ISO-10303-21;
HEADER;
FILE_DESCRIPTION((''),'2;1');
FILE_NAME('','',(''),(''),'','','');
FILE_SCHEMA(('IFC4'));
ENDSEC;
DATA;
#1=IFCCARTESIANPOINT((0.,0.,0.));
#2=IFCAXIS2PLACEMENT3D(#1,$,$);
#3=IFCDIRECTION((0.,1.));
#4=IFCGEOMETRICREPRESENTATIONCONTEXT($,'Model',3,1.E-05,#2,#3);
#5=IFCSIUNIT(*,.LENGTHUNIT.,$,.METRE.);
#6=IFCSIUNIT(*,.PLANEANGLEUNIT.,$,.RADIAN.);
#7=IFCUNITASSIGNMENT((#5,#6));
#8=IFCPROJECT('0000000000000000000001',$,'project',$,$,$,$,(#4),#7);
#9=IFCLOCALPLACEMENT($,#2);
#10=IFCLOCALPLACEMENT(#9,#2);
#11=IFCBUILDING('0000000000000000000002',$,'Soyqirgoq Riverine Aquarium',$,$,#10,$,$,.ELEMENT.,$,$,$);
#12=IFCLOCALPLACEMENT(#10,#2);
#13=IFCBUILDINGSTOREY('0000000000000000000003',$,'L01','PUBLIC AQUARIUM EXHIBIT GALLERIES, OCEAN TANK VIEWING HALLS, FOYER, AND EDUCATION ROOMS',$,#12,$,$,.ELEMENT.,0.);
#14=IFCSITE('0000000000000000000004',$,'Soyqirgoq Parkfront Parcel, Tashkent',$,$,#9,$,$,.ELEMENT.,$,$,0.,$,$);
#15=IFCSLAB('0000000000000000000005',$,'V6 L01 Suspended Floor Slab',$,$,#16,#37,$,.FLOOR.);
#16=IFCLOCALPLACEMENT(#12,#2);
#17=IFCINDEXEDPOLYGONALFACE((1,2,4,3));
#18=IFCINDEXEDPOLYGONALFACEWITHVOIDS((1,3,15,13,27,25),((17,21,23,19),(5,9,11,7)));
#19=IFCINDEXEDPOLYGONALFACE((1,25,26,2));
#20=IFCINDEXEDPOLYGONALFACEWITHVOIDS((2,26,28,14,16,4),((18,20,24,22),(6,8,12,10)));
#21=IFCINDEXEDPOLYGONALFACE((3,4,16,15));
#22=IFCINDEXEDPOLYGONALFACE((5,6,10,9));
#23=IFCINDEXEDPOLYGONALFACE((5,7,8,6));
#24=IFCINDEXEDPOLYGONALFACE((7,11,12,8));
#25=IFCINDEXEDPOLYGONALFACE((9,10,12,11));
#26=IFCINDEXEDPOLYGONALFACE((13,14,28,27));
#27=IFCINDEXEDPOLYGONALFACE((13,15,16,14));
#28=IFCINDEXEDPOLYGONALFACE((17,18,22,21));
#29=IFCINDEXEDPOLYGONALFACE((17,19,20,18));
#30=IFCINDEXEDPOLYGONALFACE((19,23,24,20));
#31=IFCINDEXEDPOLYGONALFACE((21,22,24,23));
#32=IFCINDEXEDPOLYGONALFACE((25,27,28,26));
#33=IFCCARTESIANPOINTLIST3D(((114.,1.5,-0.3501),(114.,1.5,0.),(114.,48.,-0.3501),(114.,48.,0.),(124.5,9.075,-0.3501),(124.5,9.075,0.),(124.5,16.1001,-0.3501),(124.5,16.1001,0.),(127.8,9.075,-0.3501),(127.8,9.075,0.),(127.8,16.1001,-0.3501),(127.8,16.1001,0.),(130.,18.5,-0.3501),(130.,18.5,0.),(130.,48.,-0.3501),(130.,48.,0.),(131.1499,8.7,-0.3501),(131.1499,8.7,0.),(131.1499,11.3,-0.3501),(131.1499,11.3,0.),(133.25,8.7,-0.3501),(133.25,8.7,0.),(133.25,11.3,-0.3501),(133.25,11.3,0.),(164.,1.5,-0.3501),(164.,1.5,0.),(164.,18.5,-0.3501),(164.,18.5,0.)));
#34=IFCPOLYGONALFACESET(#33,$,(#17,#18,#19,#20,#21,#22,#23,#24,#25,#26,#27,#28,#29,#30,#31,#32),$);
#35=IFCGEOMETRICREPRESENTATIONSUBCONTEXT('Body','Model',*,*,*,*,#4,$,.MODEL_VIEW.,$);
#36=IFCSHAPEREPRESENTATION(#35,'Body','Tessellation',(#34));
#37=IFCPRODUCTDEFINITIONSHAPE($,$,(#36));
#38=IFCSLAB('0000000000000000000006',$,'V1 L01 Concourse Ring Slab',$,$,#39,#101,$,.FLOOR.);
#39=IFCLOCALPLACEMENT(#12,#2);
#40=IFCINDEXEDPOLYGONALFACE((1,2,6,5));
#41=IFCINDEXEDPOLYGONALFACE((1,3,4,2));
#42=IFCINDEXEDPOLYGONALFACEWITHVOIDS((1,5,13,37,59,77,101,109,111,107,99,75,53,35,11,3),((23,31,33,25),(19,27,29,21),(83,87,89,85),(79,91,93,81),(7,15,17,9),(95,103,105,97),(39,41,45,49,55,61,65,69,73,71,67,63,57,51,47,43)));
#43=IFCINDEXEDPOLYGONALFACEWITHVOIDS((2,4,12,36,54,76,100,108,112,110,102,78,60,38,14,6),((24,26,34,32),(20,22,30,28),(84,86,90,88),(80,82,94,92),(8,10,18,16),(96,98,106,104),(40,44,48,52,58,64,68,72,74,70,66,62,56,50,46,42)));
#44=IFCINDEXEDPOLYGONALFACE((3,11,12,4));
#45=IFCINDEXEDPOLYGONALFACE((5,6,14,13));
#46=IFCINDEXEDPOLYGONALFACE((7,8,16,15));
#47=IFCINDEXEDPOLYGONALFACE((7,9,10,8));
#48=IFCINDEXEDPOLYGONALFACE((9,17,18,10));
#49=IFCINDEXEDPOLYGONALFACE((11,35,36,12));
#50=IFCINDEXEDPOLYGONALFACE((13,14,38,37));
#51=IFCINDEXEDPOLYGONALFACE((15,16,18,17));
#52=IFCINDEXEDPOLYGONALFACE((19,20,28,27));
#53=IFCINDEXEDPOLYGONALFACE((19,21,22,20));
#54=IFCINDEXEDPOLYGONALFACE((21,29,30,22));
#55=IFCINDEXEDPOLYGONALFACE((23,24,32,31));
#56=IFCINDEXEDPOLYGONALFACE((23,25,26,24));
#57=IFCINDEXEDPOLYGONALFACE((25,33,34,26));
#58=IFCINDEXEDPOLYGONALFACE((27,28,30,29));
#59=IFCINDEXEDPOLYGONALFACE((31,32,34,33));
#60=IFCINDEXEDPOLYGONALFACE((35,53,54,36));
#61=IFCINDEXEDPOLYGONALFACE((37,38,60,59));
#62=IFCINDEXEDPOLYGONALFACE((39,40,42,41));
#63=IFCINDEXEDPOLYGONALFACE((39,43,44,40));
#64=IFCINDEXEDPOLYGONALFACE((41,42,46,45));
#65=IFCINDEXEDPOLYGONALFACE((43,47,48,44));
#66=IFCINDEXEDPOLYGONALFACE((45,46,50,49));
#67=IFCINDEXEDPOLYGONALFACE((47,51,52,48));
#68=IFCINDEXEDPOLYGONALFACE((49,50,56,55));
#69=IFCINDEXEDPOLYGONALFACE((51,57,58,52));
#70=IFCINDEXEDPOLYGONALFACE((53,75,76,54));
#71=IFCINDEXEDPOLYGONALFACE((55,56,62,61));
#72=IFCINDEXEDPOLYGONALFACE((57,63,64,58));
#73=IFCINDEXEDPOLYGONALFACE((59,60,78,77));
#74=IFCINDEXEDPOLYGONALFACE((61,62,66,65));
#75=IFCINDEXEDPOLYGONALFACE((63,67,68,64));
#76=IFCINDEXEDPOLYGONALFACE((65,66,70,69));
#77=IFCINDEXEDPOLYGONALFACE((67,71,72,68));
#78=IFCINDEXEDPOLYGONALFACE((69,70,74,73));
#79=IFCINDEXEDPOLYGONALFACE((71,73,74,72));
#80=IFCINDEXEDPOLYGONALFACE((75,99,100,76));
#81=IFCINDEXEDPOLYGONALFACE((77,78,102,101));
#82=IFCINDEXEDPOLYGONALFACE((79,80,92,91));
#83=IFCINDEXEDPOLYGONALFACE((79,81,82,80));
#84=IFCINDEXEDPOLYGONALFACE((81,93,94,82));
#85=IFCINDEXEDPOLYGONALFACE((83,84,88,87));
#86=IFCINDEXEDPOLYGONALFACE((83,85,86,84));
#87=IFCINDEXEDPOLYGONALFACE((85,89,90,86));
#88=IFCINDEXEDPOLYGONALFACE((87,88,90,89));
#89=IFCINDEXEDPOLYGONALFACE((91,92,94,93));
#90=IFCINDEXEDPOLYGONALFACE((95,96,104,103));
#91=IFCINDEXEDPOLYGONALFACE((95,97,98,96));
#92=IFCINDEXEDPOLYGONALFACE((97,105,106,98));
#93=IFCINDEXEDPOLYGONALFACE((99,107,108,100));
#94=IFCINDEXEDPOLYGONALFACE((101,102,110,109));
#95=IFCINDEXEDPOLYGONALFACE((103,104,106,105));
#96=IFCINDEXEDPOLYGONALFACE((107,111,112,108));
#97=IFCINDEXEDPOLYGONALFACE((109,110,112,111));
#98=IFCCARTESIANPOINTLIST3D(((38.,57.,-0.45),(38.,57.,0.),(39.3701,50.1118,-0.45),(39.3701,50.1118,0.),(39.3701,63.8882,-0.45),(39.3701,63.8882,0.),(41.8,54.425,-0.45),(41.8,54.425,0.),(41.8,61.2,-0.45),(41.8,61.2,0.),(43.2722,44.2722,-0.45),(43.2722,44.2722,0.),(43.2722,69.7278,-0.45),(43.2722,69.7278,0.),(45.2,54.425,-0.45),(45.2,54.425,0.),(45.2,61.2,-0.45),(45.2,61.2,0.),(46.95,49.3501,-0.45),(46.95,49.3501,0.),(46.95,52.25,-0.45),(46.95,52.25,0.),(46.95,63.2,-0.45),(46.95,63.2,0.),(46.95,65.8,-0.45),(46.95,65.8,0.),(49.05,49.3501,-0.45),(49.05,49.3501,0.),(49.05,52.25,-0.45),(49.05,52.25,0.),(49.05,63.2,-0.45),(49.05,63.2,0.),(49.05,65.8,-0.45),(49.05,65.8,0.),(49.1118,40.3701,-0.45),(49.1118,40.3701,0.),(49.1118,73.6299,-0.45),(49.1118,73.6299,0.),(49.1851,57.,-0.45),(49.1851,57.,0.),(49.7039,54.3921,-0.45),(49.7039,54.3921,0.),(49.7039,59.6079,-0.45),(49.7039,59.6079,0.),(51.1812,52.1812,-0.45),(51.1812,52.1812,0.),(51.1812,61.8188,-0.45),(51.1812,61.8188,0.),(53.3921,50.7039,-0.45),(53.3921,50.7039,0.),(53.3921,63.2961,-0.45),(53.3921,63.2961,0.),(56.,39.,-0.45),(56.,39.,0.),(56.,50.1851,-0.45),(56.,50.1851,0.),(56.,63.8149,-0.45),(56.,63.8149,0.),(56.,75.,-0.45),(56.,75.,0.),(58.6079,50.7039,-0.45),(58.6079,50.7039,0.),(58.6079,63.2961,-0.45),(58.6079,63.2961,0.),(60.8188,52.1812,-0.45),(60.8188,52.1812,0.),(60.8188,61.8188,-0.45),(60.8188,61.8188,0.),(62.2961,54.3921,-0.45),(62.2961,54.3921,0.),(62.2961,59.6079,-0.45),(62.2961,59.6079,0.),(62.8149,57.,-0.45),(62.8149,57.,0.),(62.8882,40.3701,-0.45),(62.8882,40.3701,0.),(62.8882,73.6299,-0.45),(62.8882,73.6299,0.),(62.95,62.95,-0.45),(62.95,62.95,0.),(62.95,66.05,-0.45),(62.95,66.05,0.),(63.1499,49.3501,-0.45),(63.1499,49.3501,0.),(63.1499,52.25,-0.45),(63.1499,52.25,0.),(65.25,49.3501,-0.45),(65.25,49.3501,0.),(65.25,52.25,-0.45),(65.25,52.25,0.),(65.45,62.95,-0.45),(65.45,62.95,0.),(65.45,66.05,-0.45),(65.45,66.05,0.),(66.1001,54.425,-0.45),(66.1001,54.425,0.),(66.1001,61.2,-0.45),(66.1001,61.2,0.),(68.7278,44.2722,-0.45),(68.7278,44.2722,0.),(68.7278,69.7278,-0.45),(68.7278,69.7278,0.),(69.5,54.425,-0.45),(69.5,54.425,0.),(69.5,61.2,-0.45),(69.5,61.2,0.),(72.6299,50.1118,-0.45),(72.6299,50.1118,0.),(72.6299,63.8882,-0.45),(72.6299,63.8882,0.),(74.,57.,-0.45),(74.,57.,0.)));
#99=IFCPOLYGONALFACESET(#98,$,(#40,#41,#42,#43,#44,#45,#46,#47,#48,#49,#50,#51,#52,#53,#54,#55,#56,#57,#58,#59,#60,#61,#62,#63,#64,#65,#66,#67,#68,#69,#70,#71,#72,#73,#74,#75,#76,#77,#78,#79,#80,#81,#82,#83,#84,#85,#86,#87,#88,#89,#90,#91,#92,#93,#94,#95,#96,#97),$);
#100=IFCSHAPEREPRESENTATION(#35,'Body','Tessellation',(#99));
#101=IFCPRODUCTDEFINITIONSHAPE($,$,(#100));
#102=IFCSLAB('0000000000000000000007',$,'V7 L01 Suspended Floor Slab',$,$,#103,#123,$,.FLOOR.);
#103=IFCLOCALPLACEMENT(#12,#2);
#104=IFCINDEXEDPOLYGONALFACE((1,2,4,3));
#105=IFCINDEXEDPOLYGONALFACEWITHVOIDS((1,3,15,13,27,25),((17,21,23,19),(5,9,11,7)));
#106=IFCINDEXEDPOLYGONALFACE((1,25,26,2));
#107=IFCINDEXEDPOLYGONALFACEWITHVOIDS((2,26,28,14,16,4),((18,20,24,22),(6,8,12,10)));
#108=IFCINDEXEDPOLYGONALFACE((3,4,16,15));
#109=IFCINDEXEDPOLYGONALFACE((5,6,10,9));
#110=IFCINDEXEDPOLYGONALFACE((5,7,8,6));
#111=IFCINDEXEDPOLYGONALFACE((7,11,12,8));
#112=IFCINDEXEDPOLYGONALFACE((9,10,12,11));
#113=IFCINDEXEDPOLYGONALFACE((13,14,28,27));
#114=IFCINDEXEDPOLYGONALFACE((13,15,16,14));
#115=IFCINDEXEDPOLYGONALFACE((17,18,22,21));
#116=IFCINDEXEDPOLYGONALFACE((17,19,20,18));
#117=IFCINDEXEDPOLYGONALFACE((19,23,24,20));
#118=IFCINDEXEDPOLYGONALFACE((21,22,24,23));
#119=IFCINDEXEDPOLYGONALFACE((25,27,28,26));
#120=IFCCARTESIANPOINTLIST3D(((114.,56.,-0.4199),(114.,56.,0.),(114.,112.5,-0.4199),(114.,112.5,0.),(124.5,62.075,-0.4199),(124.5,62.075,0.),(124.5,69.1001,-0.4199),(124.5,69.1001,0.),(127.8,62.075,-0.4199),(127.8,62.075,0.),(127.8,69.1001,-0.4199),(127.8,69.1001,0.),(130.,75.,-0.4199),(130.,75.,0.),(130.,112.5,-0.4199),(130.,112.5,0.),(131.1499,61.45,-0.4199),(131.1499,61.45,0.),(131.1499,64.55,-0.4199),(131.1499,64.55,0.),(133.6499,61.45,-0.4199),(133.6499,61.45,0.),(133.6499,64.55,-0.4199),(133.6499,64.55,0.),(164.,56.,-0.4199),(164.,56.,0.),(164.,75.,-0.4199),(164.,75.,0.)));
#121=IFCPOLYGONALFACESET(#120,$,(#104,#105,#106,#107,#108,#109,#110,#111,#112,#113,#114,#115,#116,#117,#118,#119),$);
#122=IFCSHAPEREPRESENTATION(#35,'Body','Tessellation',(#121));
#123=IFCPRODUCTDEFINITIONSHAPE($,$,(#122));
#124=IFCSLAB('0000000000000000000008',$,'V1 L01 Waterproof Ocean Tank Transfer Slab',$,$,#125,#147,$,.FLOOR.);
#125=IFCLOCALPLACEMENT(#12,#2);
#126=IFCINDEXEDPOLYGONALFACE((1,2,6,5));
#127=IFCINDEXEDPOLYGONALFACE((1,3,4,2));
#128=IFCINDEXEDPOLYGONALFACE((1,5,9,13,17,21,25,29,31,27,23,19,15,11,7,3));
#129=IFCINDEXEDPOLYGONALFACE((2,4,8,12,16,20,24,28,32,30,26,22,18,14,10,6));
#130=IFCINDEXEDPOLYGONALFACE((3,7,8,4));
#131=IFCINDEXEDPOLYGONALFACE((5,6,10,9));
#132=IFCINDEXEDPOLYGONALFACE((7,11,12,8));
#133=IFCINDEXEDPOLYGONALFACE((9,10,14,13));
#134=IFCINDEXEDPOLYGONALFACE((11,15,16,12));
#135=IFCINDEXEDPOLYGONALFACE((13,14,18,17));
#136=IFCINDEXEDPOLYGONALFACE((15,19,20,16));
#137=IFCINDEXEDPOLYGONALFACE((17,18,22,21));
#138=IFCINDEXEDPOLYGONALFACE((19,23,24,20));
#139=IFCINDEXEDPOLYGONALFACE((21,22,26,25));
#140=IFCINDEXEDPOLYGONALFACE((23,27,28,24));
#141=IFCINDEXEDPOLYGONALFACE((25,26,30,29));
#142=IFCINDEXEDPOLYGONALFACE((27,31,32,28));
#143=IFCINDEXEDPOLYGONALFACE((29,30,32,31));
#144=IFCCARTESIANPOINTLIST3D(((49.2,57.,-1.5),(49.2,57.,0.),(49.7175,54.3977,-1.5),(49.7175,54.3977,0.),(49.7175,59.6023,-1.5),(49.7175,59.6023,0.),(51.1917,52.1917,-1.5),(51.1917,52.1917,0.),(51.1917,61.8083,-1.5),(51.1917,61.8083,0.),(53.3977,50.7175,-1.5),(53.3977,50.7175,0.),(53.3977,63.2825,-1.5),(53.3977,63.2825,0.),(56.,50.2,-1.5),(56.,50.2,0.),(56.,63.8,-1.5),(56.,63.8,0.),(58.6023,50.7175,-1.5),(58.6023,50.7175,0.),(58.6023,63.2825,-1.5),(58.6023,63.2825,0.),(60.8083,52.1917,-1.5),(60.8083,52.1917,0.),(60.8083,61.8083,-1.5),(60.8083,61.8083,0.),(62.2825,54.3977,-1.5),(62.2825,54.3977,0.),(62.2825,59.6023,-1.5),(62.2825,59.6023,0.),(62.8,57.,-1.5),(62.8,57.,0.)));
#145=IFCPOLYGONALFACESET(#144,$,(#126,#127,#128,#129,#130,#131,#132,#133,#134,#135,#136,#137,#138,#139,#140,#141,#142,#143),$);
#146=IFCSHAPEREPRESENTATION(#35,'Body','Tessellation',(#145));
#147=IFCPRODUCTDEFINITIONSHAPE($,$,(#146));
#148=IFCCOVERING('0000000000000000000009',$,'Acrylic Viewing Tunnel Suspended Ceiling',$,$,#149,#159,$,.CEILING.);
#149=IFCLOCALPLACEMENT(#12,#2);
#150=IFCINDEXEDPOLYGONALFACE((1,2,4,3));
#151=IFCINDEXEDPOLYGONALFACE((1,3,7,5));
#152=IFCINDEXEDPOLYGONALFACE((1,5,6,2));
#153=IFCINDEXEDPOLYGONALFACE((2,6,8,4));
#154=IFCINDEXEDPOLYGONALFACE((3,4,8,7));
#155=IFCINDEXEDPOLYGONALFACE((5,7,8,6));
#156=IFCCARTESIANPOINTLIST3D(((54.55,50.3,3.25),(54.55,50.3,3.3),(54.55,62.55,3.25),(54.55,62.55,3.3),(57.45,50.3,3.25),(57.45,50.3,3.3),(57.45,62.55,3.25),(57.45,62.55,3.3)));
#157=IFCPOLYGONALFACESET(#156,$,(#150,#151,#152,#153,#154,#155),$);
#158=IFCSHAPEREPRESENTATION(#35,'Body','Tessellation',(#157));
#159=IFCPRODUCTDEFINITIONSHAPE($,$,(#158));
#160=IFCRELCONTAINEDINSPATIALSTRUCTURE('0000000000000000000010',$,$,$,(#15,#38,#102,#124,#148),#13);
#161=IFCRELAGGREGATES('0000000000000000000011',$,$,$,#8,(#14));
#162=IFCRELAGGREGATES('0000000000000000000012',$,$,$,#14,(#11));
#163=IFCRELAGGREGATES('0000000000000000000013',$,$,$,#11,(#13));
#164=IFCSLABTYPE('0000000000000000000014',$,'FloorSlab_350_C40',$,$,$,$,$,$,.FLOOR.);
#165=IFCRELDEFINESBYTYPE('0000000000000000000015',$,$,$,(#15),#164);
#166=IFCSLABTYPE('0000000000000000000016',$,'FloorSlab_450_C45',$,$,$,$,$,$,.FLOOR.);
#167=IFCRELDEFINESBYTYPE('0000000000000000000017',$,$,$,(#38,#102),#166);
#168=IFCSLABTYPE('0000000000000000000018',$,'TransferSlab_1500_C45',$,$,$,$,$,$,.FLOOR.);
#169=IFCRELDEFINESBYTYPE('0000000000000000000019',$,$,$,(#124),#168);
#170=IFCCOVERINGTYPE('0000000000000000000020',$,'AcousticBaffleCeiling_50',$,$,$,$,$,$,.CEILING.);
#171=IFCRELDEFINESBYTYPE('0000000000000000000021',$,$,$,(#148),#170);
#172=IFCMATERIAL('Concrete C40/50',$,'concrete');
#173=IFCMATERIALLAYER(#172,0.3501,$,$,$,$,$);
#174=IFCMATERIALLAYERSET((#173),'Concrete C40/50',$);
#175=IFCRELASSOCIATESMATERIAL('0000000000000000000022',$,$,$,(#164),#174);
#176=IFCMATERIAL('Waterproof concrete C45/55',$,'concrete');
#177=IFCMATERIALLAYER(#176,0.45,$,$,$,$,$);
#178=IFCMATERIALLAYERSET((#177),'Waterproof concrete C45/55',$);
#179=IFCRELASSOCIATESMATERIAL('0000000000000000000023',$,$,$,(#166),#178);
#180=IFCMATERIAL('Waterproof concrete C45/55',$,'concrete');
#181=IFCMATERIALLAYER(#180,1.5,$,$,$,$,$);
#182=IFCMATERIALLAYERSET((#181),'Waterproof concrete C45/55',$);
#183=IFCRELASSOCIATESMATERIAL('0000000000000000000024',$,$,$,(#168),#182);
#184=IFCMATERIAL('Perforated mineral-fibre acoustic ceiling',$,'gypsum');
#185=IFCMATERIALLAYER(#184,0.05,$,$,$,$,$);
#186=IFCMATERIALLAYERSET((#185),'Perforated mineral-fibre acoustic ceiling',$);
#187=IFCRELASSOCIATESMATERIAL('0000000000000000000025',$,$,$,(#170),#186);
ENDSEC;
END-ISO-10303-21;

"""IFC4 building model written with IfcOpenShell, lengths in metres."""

from ifc_helpers import new_model, si_unit, direction, frame, origin, place, context, subcontext, project, spatial, polyline, outline, extrude, material, layer, layer_set, type_object, element, save


model = new_model("IFC4")

# Units and contexts
model_context = context("Model", 3, precision=1e-05, world=origin(), true_north=direction((0.0, 1.0)))
body_context = subcontext(model_context, "Body", "Model", "MODEL_VIEW")
ifc_project = project(units=[si_unit("LENGTHUNIT", "METRE"), si_unit("PLANEANGLEUNIT", "RADIAN")], contexts=[model_context])

# Site, building, storey
site_placement = place(None, origin())
site = spatial("IfcSite", under=ifc_project, at=site_placement, Name="Soyqirgoq Parkfront Parcel, Tashkent", CompositionType="ELEMENT", RefElevation=0.0)
building_placement = place(site_placement, origin())
building = spatial("IfcBuilding", under=site, at=building_placement, Name="Soyqirgoq Riverine Aquarium", CompositionType="ELEMENT")
storey_placement = place(building_placement, origin())
storey = spatial("IfcBuildingStorey", under=building, at=storey_placement, Name="L01", Description="PUBLIC AQUARIUM EXHIBIT GALLERIES, OCEAN TANK VIEWING HALLS, FOYER, AND EDUCATION ROOMS", CompositionType="ELEMENT", Elevation=0.0)

# Slabs
ifc_material_1 = material(Name="Concrete C40/50", Category="concrete")
ifc_layer_1 = layer(ifc_material_1, 0.3501)
ifc_layer_set_1 = layer_set([ifc_layer_1], Name="Concrete C40/50")
slab_type_1 = type_object("IfcSlabType", Name="FloorSlab_350_C40", PredefinedType="FLOOR", material=ifc_layer_set_1)
slab_1_placement = place(storey_placement, frame((0.0, 0.0, -0.3501)))
element("IfcSlab", 1, at=slab_1_placement, inside=storey, type_object=slab_type_1, Name="V6 L01 Suspended Floor Slab", PredefinedType="FLOOR", context=body_context, shape_type="SweptSolid", body=[
    extrude(outline(polyline([(114.0, 1.5), (164.0, 1.5), (164.0, 18.5), (130.0, 18.5), (130.0, 48.0), (114.0, 48.0), (114.0, 1.5)]), holes=[polyline([(127.8, 9.075), (127.8, 16.1001), (124.5, 16.1001), (124.5, 9.075), (127.8, 9.075)]), polyline([(131.1499, 8.7), (133.25, 8.7), (133.25, 11.3), (131.1499, 11.3), (131.1499, 8.7)])]), origin(), (0.0, 0.0, 1.0), 0.3501),
])
ifc_material_2 = material(Name="Waterproof concrete C45/55", Category="concrete")
ifc_layer_2 = layer(ifc_material_2, 0.45)
ifc_layer_set_2 = layer_set([ifc_layer_2], Name="Waterproof concrete C45/55")
slab_type_2 = type_object("IfcSlabType", Name="FloorSlab_450_C45", PredefinedType="FLOOR", material=ifc_layer_set_2)
slab_2_placement = place(storey_placement, frame((0.0, 0.0, -0.45)))
element("IfcSlab", 2, at=slab_2_placement, inside=storey, type_object=slab_type_2, Name="V1 L01 Concourse Ring Slab", PredefinedType="FLOOR", context=body_context, shape_type="SweptSolid", body=[
    extrude(outline(polyline([(74.0, 57.0), (72.6299, 63.8882), (68.7278, 69.7278), (62.8882, 73.6299), (56.0, 75.0), (49.1118, 73.6299), (43.2722, 69.7278), (39.3701, 63.8882), (38.0, 57.0), (39.3701, 50.1118), (43.2722, 44.2722), (49.1118, 40.3701), (56.0, 39.0), (62.8882, 40.3701), (68.7278, 44.2722), (72.6299, 50.1118), (74.0, 57.0)]), holes=[polyline([(62.8149, 57.0), (62.2961, 59.6079), (60.8188, 61.8188), (58.6079, 63.2961), (56.0, 63.8149), (53.3921, 63.2961), (51.1812, 61.8188), (49.7039, 59.6079), (49.1851, 57.0), (49.7039, 54.3921), (51.1812, 52.1812), (53.3921, 50.7039), (56.0, 50.1851), (58.6079, 50.7039), (60.8188, 52.1812), (62.2961, 54.3921), (62.8149, 57.0)]), polyline([(69.5, 54.425), (69.5, 61.2), (66.1001, 61.2), (66.1001, 54.425), (69.5, 54.425)]), polyline([(63.1499, 49.3501), (65.25, 49.3501), (65.25, 52.25), (63.1499, 52.25), (63.1499, 49.3501)]), polyline([(62.95, 62.95), (65.45, 62.95), (65.45, 66.05), (62.95, 66.05), (62.95, 62.95)]), polyline([(45.2, 54.425), (45.2, 61.2), (41.8, 61.2), (41.8, 54.425), (45.2, 54.425)]), polyline([(46.95, 49.3501), (49.05, 49.3501), (49.05, 52.25), (46.95, 52.25), (46.95, 49.3501)]), polyline([(46.95, 63.2), (49.05, 63.2), (49.05, 65.8), (46.95, 65.8), (46.95, 63.2)])]), origin(), (0.0, 0.0, 1.0), 0.45),
])
slab_3_placement = place(storey_placement, frame((0.0, 0.0, -0.4199)))
element("IfcSlab", 3, at=slab_3_placement, inside=storey, type_object=slab_type_2, Name="V7 L01 Suspended Floor Slab", PredefinedType="FLOOR", context=body_context, shape_type="SweptSolid", body=[
    extrude(outline(polyline([(114.0, 56.0), (164.0, 56.0), (164.0, 75.0), (130.0, 75.0), (130.0, 112.5), (114.0, 112.5), (114.0, 56.0)]), holes=[polyline([(127.8, 62.075), (127.8, 69.1001), (124.5, 69.1001), (124.5, 62.075), (127.8, 62.075)]), polyline([(131.1499, 61.45), (133.6499, 61.45), (133.6499, 64.55), (131.1499, 64.55), (131.1499, 61.45)])]), origin(), (0.0, 0.0, 1.0), 0.4199),
])
ifc_material_3 = material(Name="Waterproof concrete C45/55", Category="concrete")
ifc_layer_3 = layer(ifc_material_3, 1.5)
ifc_layer_set_3 = layer_set([ifc_layer_3], Name="Waterproof concrete C45/55")
slab_type_3 = type_object("IfcSlabType", Name="TransferSlab_1500_C45", PredefinedType="FLOOR", material=ifc_layer_set_3)
slab_4_placement = place(storey_placement, frame((0.0, 0.0, -1.5)))
element("IfcSlab", 4, at=slab_4_placement, inside=storey, type_object=slab_type_3, Name="V1 L01 Waterproof Ocean Tank Transfer Slab", PredefinedType="FLOOR", context=body_context, shape_type="SweptSolid", body=[
    extrude(outline(polyline([(62.8, 57.0), (62.2825, 59.6023), (60.8083, 61.8083), (58.6023, 63.2825), (56.0, 63.8), (53.3977, 63.2825), (51.1917, 61.8083), (49.7175, 59.6023), (49.2, 57.0), (49.7175, 54.3977), (51.1917, 52.1917), (53.3977, 50.7175), (56.0, 50.2), (58.6023, 50.7175), (60.8083, 52.1917), (62.2825, 54.3977), (62.8, 57.0)])), origin(), (0.0, 0.0, 1.0), 1.5),
])

# Covering
ifc_material_4 = material(Name="Perforated mineral-fibre acoustic ceiling", Category="gypsum")
ifc_layer_4 = layer(ifc_material_4, 0.05)
ifc_layer_set_4 = layer_set([ifc_layer_4], Name="Perforated mineral-fibre acoustic ceiling")
covering_type_1 = type_object("IfcCoveringType", Name="AcousticBaffleCeiling_50", PredefinedType="CEILING", material=ifc_layer_set_4)
covering_1_placement = place(storey_placement, frame((0.0, 0.0, 3.25)))
element("IfcCovering", 5, at=covering_1_placement, inside=storey, type_object=covering_type_1, Name="Acrylic Viewing Tunnel Suspended Ceiling", PredefinedType="CEILING", context=body_context, shape_type="SweptSolid", body=[
    extrude(outline(polyline([(54.55, 50.3), (54.55, 62.55), (57.45, 62.55), (57.45, 50.3), (54.55, 50.3)])), origin(), (0.0, 0.0, 1.0), 0.05),
])

save(model, "model.ifc")
